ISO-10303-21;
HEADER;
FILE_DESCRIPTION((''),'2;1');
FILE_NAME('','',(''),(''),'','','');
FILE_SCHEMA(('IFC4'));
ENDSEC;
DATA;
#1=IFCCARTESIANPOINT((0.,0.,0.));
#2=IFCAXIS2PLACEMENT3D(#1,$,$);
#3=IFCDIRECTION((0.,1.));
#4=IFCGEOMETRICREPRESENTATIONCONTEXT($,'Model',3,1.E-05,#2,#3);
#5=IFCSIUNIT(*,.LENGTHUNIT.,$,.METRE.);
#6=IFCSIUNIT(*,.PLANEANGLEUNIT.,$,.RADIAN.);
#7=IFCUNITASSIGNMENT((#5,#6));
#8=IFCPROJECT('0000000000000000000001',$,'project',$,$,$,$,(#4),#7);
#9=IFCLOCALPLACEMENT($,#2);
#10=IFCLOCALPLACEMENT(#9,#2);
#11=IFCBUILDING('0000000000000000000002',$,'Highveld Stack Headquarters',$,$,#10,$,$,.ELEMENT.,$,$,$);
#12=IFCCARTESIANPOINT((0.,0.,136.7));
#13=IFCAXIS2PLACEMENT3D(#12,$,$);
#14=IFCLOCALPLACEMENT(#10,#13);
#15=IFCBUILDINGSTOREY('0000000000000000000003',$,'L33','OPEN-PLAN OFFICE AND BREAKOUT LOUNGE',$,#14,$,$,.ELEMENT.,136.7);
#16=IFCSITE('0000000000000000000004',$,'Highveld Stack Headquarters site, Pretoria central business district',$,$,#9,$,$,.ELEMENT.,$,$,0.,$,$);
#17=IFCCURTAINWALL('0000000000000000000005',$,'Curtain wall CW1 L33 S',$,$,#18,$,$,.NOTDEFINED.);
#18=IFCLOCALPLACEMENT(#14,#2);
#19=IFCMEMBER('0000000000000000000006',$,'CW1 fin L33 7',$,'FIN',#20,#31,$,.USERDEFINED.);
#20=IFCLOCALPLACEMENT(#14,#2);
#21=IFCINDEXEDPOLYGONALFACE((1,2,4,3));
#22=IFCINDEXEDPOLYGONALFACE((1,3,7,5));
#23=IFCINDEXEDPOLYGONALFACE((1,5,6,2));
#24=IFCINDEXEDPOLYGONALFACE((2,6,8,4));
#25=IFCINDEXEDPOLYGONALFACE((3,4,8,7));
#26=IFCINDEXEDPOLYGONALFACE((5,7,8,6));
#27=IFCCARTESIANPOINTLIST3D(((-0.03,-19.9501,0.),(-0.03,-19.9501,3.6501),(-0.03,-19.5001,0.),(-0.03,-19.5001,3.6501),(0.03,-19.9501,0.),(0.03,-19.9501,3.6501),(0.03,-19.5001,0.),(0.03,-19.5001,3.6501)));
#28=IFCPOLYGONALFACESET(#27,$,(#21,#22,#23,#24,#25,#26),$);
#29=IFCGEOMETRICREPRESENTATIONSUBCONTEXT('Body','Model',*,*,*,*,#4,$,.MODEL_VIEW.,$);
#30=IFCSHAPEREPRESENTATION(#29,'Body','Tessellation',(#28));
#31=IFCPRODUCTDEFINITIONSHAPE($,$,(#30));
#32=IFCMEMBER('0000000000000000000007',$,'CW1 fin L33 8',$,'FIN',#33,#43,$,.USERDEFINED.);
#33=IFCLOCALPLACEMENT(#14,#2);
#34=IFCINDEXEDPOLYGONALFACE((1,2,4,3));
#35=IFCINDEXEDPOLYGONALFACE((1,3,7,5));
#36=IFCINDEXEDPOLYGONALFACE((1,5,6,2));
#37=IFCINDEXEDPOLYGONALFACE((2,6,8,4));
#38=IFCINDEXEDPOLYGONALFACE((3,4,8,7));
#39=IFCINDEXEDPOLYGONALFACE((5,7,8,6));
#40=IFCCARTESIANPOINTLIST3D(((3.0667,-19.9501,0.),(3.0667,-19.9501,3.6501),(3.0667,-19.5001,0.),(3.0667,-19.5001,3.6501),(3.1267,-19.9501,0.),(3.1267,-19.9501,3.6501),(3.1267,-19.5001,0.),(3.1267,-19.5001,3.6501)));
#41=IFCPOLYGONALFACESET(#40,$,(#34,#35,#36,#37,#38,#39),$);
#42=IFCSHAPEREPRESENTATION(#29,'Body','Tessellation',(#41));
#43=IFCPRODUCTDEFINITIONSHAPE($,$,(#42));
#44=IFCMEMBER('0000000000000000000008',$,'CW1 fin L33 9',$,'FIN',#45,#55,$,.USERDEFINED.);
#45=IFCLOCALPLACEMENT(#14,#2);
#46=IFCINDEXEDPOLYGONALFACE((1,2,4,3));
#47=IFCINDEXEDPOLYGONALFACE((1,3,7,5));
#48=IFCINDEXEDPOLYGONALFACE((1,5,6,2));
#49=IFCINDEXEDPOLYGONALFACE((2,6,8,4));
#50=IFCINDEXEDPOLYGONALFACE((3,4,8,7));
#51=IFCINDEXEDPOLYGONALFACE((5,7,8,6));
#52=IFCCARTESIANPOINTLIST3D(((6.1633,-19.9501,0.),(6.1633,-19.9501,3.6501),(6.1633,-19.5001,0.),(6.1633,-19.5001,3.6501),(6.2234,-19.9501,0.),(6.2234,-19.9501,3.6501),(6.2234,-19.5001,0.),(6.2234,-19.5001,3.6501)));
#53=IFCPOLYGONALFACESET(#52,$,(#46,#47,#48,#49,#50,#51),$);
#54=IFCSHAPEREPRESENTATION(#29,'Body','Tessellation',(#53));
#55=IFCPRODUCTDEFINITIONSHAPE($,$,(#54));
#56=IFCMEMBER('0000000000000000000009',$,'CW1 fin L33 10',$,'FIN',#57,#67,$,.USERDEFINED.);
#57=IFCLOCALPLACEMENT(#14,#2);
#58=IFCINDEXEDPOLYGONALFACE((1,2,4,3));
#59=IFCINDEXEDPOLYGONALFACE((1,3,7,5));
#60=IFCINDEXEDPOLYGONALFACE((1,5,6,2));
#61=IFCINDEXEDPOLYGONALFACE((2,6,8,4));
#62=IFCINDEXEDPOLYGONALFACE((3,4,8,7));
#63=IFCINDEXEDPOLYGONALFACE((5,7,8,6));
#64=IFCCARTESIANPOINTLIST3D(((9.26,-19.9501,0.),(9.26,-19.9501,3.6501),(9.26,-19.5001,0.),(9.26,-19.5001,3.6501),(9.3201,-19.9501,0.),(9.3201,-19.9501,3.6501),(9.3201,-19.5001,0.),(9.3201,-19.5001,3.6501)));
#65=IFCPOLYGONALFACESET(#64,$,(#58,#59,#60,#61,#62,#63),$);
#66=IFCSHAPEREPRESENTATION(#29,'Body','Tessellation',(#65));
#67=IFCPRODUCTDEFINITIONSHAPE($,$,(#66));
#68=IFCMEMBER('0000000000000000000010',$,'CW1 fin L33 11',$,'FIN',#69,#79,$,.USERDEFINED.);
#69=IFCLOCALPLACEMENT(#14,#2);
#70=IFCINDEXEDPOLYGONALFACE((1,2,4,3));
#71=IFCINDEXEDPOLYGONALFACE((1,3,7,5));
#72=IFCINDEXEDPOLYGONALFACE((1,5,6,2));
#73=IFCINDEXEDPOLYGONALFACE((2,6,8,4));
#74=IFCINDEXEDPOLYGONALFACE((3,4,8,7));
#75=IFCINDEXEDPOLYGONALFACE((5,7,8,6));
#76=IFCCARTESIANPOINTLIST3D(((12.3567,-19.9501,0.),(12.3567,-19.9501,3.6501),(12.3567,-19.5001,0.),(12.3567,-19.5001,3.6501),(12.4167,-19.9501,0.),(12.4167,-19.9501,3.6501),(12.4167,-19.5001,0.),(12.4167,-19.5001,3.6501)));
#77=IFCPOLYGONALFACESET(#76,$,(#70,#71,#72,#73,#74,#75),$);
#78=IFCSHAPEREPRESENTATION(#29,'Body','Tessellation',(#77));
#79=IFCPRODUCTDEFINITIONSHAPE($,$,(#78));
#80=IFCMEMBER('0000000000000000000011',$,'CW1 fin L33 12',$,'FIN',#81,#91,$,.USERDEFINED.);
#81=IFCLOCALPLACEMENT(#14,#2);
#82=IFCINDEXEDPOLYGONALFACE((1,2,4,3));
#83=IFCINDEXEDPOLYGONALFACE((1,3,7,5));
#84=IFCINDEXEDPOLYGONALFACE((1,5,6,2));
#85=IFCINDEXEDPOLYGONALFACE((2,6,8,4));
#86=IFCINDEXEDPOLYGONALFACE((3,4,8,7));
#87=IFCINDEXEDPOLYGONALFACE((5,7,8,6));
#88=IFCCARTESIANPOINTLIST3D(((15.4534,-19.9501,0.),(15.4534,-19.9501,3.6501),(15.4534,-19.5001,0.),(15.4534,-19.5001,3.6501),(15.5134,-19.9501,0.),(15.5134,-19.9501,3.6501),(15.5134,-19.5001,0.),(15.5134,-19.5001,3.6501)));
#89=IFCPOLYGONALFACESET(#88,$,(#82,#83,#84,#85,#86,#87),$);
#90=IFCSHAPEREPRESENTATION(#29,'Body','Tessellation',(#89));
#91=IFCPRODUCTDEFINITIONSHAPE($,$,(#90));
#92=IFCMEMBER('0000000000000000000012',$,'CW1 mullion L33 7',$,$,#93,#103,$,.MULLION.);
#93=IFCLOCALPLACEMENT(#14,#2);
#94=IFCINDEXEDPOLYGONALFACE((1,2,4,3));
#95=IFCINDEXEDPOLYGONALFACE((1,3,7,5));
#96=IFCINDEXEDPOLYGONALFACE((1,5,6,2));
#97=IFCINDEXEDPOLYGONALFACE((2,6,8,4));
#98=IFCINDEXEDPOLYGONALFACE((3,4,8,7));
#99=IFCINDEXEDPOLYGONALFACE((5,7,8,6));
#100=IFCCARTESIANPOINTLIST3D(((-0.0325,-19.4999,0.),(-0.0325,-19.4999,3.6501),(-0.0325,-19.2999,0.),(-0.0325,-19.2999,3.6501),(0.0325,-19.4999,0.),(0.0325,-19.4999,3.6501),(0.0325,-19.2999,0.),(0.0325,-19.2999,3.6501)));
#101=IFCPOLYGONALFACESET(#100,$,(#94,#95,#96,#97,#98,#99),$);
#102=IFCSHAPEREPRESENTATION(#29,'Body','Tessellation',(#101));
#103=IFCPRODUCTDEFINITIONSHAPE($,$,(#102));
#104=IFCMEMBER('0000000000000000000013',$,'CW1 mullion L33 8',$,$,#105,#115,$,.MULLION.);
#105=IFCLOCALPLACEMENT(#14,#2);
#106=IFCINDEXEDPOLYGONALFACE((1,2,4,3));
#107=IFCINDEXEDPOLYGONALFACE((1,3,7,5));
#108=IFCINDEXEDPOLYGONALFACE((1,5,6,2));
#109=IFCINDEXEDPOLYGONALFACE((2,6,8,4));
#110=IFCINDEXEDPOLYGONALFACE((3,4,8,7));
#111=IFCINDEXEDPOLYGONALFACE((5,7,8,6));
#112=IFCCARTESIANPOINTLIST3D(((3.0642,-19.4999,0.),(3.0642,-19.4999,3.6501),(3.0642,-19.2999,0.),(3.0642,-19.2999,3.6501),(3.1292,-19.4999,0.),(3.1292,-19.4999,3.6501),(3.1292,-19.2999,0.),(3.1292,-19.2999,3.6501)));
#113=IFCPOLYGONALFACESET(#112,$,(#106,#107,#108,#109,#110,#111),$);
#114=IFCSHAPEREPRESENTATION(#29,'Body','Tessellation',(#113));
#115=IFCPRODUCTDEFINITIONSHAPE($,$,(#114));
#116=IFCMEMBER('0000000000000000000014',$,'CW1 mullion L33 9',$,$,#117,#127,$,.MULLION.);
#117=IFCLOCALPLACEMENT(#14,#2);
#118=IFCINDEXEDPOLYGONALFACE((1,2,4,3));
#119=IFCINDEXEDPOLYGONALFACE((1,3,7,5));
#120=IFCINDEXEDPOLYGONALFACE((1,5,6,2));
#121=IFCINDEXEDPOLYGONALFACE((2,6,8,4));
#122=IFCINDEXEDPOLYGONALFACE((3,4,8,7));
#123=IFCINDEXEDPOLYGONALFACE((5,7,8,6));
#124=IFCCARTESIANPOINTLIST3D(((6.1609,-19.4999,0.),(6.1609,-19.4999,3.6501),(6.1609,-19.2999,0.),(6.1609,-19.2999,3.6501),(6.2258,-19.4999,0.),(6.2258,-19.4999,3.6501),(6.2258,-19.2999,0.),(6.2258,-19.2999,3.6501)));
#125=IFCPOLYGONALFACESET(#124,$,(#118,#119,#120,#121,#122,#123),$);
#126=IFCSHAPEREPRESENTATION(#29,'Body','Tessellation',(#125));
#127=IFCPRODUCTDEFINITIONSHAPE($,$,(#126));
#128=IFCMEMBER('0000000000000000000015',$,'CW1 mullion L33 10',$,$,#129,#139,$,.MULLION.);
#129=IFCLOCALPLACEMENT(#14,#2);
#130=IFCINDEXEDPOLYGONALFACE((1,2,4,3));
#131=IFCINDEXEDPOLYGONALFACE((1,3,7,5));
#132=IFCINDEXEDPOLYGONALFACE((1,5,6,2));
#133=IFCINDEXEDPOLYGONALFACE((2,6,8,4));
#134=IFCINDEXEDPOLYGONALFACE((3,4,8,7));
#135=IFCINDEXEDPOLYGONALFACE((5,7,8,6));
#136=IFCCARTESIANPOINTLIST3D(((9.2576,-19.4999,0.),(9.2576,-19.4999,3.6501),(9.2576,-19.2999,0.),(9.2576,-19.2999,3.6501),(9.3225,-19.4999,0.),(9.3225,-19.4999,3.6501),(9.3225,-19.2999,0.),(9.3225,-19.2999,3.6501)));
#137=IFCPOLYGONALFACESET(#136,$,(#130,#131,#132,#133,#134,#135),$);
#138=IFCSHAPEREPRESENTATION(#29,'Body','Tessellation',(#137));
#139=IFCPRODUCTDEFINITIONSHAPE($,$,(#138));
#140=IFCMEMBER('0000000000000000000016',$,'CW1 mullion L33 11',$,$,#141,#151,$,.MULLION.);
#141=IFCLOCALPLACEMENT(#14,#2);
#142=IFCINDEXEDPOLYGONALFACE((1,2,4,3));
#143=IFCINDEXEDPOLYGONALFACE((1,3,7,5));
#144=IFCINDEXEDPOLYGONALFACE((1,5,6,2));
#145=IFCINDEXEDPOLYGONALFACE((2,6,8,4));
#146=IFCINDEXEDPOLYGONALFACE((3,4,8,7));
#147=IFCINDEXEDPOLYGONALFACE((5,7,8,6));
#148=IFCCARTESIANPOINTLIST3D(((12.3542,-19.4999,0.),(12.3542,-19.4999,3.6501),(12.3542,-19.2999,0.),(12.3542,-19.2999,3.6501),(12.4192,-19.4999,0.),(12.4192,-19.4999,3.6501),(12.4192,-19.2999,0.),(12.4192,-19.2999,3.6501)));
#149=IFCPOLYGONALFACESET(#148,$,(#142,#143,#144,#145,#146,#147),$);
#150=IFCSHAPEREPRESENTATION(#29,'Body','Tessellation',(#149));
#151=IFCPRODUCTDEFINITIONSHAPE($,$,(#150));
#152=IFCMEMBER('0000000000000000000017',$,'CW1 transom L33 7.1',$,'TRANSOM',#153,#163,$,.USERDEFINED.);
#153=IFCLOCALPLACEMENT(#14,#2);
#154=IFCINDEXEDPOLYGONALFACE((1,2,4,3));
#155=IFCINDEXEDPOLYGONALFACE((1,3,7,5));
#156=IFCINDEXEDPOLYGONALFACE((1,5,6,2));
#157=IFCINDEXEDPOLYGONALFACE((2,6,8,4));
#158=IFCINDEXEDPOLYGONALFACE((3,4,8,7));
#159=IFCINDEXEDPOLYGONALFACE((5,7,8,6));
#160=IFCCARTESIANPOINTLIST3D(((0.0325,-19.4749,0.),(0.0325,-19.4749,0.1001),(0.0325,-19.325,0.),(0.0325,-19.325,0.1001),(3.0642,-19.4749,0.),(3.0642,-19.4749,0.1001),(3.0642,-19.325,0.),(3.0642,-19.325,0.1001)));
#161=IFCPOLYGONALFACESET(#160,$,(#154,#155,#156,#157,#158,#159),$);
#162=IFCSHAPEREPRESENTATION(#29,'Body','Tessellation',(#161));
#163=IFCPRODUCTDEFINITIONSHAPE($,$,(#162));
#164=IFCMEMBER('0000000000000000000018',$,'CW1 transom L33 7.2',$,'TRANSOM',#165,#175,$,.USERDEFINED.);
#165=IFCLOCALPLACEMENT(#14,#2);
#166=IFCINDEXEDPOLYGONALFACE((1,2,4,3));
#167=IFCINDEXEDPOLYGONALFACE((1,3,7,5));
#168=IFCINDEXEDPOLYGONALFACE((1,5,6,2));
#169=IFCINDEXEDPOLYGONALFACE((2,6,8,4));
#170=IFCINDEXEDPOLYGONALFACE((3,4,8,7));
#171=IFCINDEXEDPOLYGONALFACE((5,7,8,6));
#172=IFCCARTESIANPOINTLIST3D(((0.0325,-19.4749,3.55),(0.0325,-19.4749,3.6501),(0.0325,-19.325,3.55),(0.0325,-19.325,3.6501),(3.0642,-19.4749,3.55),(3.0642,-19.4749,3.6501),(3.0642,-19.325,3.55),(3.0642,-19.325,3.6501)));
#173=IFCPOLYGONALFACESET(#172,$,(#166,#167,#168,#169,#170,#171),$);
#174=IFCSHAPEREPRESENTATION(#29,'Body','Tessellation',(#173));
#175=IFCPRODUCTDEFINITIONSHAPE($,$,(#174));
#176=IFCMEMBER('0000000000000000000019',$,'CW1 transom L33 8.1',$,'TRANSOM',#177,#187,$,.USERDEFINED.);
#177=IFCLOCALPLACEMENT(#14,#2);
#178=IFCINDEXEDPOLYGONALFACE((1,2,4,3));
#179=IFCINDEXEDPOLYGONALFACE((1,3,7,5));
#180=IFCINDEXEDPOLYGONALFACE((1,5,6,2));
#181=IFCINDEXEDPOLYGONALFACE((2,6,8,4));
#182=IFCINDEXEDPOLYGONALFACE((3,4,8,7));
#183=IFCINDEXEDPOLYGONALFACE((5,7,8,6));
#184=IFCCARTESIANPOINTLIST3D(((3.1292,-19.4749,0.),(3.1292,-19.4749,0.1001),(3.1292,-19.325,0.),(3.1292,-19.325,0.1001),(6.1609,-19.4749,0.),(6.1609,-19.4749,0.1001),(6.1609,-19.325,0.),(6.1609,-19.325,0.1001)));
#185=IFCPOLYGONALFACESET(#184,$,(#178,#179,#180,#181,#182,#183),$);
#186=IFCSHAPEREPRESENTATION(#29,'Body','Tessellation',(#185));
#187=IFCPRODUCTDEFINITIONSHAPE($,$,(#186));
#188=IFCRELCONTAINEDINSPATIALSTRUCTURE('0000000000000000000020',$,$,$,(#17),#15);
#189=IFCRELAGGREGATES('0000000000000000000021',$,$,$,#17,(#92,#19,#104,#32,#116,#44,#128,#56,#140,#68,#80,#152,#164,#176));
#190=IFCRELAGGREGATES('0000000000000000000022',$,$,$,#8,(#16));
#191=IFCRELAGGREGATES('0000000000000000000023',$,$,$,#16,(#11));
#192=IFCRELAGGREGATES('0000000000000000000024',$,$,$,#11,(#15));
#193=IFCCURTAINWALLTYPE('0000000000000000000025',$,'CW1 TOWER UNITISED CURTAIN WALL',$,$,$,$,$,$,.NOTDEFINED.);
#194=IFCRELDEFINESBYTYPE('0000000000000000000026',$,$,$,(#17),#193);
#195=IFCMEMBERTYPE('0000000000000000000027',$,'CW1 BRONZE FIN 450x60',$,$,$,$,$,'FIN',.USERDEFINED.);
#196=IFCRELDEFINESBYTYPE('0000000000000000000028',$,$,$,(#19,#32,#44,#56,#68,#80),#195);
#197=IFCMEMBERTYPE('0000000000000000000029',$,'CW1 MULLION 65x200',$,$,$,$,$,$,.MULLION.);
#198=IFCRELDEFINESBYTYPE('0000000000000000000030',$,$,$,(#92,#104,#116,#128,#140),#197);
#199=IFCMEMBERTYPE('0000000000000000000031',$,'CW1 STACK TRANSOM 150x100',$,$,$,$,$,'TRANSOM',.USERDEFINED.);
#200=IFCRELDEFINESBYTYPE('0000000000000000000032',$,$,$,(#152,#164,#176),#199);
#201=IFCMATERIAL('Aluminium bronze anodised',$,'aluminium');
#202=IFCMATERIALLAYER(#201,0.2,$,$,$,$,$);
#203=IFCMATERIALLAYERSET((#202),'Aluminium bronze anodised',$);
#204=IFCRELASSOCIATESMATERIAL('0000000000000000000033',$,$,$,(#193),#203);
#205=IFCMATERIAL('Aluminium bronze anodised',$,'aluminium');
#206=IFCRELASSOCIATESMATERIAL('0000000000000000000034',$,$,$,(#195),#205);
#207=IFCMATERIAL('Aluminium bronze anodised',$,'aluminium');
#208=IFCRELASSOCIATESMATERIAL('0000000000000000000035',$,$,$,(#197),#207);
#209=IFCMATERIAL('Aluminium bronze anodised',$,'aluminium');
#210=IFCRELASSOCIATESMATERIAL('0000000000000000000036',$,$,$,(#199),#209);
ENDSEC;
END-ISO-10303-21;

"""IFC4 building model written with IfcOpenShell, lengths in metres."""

from ifc_helpers import new_model, si_unit, direction, frame, origin, origin_2d, place, context, subcontext, project, spatial, rectangle, extrude, material, layer, layer_set, material_profile, profile_set, type_object, element, aggregate, save


model = new_model("IFC4")

# Units and contexts
model_context = context("Model", 3, precision=1e-05, world=origin(), true_north=direction((0.0, 1.0)))
body_context = subcontext(model_context, "Body", "Model", "MODEL_VIEW")
ifc_project = project(units=[si_unit("LENGTHUNIT", "METRE"), si_unit("PLANEANGLEUNIT", "RADIAN")], contexts=[model_context])

# Site, building, storey
site_placement = place(None, origin())
site = spatial("IfcSite", under=ifc_project, at=site_placement, Name="Highveld Stack Headquarters site, Pretoria central business district", CompositionType="ELEMENT", RefElevation=0.0)
building_placement = place(site_placement, origin())
building = spatial("IfcBuilding", under=site, at=building_placement, Name="Highveld Stack Headquarters", CompositionType="ELEMENT")
storey_placement = place(building_placement, frame((0.0, 0.0, 136.7)))
storey = spatial("IfcBuildingStorey", under=building, at=storey_placement, Name="L33", Description="OPEN-PLAN OFFICE AND BREAKOUT LOUNGE", CompositionType="ELEMENT", Elevation=136.7)

# Curtain wall, members
ifc_material_1 = material(Name="Aluminium bronze anodised", Category="aluminium")
ifc_layer_1 = layer(ifc_material_1, 0.2)
ifc_layer_set_1 = layer_set([ifc_layer_1], Name="Aluminium bronze anodised")
curtain_wall_type = type_object("IfcCurtainWallType", Name="CW1 TOWER UNITISED CURTAIN WALL", PredefinedType="NOTDEFINED", material=ifc_layer_set_1)
curtain_wall_placement = place(storey_placement, origin())
curtain_wall = element("IfcCurtainWall", 1, at=curtain_wall_placement, inside=storey, type_object=curtain_wall_type, Name="Curtain wall CW1 L33 S", PredefinedType="NOTDEFINED")
ifc_material_2 = material(Name="Aluminium bronze anodised", Category="aluminium")
ifc_material_profile_1 = material_profile(ifc_material_2, rectangle(XDim=0.45, YDim=0.0601, at=origin_2d()), Name="FIN 450x60")
ifc_profile_set_1 = profile_set([ifc_material_profile_1], Name="Aluminium bronze anodised")
member_type_1 = type_object("IfcMemberType", Name="CW1 BRONZE FIN 450x60", ElementType="FIN", PredefinedType="USERDEFINED", material=ifc_profile_set_1)
member_1_placement = place(storey_placement, frame((0.0, -19.7251, 0.0), z_axis=(0.0, 0.0, 1.0), x_axis=(0.0, 1.0, 0.0)))
member_1 = element("IfcMember", 2, at=member_1_placement, type_object=member_type_1, Name="CW1 fin L33 7", ObjectType="FIN", PredefinedType="USERDEFINED", context=body_context, shape_type="SweptSolid", body=[
    extrude(rectangle(XDim=0.45, YDim=0.0601, at=origin_2d()), origin(), (0.0, 0.0, 1.0), 3.6501),
])
member_2_placement = place(storey_placement, frame((3.0967, -19.7251, 0.0), z_axis=(0.0, 0.0, 1.0), x_axis=(0.0, 1.0, 0.0)))
member_2 = element("IfcMember", 3, at=member_2_placement, type_object=member_type_1, Name="CW1 fin L33 8", ObjectType="FIN", PredefinedType="USERDEFINED", context=body_context, shape_type="SweptSolid", body=[
    extrude(rectangle(XDim=0.45, YDim=0.0601, at=origin_2d()), origin(), (0.0, 0.0, 1.0), 3.6501),
])
member_3_placement = place(storey_placement, frame((6.1934, -19.7251, 0.0), z_axis=(0.0, 0.0, 1.0), x_axis=(0.0, 1.0, 0.0)))
member_3 = element("IfcMember", 4, at=member_3_placement, type_object=member_type_1, Name="CW1 fin L33 9", ObjectType="FIN", PredefinedType="USERDEFINED", context=body_context, shape_type="SweptSolid", body=[
    extrude(rectangle(XDim=0.45, YDim=0.0601, at=origin_2d()), origin(), (0.0, 0.0, 1.0), 3.6501),
])
member_4_placement = place(storey_placement, frame((9.29, -19.7251, 0.0), z_axis=(0.0, 0.0, 1.0), x_axis=(0.0, 1.0, 0.0)))
member_4 = element("IfcMember", 5, at=member_4_placement, type_object=member_type_1, Name="CW1 fin L33 10", ObjectType="FIN", PredefinedType="USERDEFINED", context=body_context, shape_type="SweptSolid", body=[
    extrude(rectangle(XDim=0.45, YDim=0.0601, at=origin_2d()), origin(), (0.0, 0.0, 1.0), 3.6501),
])
member_5_placement = place(storey_placement, frame((12.3867, -19.7251, 0.0), z_axis=(0.0, 0.0, 1.0), x_axis=(0.0, 1.0, 0.0)))
member_5 = element("IfcMember", 6, at=member_5_placement, type_object=member_type_1, Name="CW1 fin L33 11", ObjectType="FIN", PredefinedType="USERDEFINED", context=body_context, shape_type="SweptSolid", body=[
    extrude(rectangle(XDim=0.45, YDim=0.0601, at=origin_2d()), origin(), (0.0, 0.0, 1.0), 3.6501),
])
member_6_placement = place(storey_placement, frame((15.4834, -19.7251, 0.0), z_axis=(0.0, 0.0, 1.0), x_axis=(0.0, 1.0, 0.0)))
member_6 = element("IfcMember", 7, at=member_6_placement, type_object=member_type_1, Name="CW1 fin L33 12", ObjectType="FIN", PredefinedType="USERDEFINED", context=body_context, shape_type="SweptSolid", body=[
    extrude(rectangle(XDim=0.45, YDim=0.0601, at=origin_2d()), origin(), (0.0, 0.0, 1.0), 3.6501),
])
ifc_material_3 = material(Name="Aluminium bronze anodised", Category="aluminium")
ifc_material_profile_2 = material_profile(ifc_material_3, rectangle(XDim=0.2, YDim=0.0649, at=origin_2d()), Name="CW1 MULLION 65x200")
ifc_profile_set_2 = profile_set([ifc_material_profile_2], Name="Aluminium bronze anodised")
member_type_2 = type_object("IfcMemberType", Name="CW1 MULLION 65x200", PredefinedType="MULLION", material=ifc_profile_set_2)
member_7_placement = place(storey_placement, frame((0.0, -19.3999, 0.0), z_axis=(0.0, 0.0, 1.0), x_axis=(0.0, 1.0, 0.0)))
member_7 = element("IfcMember", 8, at=member_7_placement, type_object=member_type_2, Name="CW1 mullion L33 7", PredefinedType="MULLION", context=body_context, shape_type="SweptSolid", body=[
    extrude(rectangle(XDim=0.2, YDim=0.0649, at=origin_2d()), origin(), (0.0, 0.0, 1.0), 3.6501),
])
member_8_placement = place(storey_placement, frame((3.0967, -19.3999, 0.0), z_axis=(0.0, 0.0, 1.0), x_axis=(0.0, 1.0, 0.0)))
member_8 = element("IfcMember", 9, at=member_8_placement, type_object=member_type_2, Name="CW1 mullion L33 8", PredefinedType="MULLION", context=body_context, shape_type="SweptSolid", body=[
    extrude(rectangle(XDim=0.2, YDim=0.0649, at=origin_2d()), origin(), (0.0, 0.0, 1.0), 3.6501),
])
member_9_placement = place(storey_placement, frame((6.1934, -19.3999, 0.0), z_axis=(0.0, 0.0, 1.0), x_axis=(0.0, 1.0, 0.0)))
member_9 = element("IfcMember", 10, at=member_9_placement, type_object=member_type_2, Name="CW1 mullion L33 9", PredefinedType="MULLION", context=body_context, shape_type="SweptSolid", body=[
    extrude(rectangle(XDim=0.2, YDim=0.0649, at=origin_2d()), origin(), (0.0, 0.0, 1.0), 3.6501),
])
member_10_placement = place(storey_placement, frame((9.29, -19.3999, 0.0), z_axis=(0.0, 0.0, 1.0), x_axis=(0.0, 1.0, 0.0)))
member_10 = element("IfcMember", 11, at=member_10_placement, type_object=member_type_2, Name="CW1 mullion L33 10", PredefinedType="MULLION", context=body_context, shape_type="SweptSolid", body=[
    extrude(rectangle(XDim=0.2, YDim=0.0649, at=origin_2d()), origin(), (0.0, 0.0, 1.0), 3.6501),
])
member_11_placement = place(storey_placement, frame((12.3867, -19.3999, 0.0), z_axis=(0.0, 0.0, 1.0), x_axis=(0.0, 1.0, 0.0)))
member_11 = element("IfcMember", 12, at=member_11_placement, type_object=member_type_2, Name="CW1 mullion L33 11", PredefinedType="MULLION", context=body_context, shape_type="SweptSolid", body=[
    extrude(rectangle(XDim=0.2, YDim=0.0649, at=origin_2d()), origin(), (0.0, 0.0, 1.0), 3.6501),
])
ifc_material_4 = material(Name="Aluminium bronze anodised", Category="aluminium")
ifc_material_profile_3 = material_profile(ifc_material_4, rectangle(XDim=0.1499, YDim=0.1001, at=origin_2d()), Name="CW1 TRANSOM 150x100")
ifc_profile_set_3 = profile_set([ifc_material_profile_3], Name="Aluminium bronze anodised")
member_type_3 = type_object("IfcMemberType", Name="CW1 STACK TRANSOM 150x100", ElementType="TRANSOM", PredefinedType="USERDEFINED", material=ifc_profile_set_3)
member_12_placement = place(storey_placement, frame((0.0325, -19.3999, 0.05), z_axis=(1.0, 0.0, 0.0), x_axis=(0.0, 1.0, 0.0)))
member_12 = element("IfcMember", 13, at=member_12_placement, type_object=member_type_3, Name="CW1 transom L33 7.1", ObjectType="TRANSOM", PredefinedType="USERDEFINED", context=body_context, shape_type="SweptSolid", body=[
    extrude(rectangle(XDim=0.1499, YDim=0.1001, at=origin_2d()), origin(), (0.0, 0.0, 1.0), 3.0317),
])
member_13_placement = place(storey_placement, frame((0.0325, -19.3999, 3.6001), z_axis=(1.0, 0.0, 0.0), x_axis=(0.0, 1.0, 0.0)))
member_13 = element("IfcMember", 14, at=member_13_placement, type_object=member_type_3, Name="CW1 transom L33 7.2", ObjectType="TRANSOM", PredefinedType="USERDEFINED", context=body_context, shape_type="SweptSolid", body=[
    extrude(rectangle(XDim=0.1499, YDim=0.1001, at=origin_2d()), origin(), (0.0, 0.0, 1.0), 3.0317),
])
member_14_placement = place(storey_placement, frame((3.1292, -19.3999, 0.05), z_axis=(1.0, 0.0, 0.0), x_axis=(0.0, 1.0, 0.0)))
member_14 = element("IfcMember", 15, at=member_14_placement, type_object=member_type_3, Name="CW1 transom L33 8.1", ObjectType="TRANSOM", PredefinedType="USERDEFINED", context=body_context, shape_type="SweptSolid", body=[
    extrude(rectangle(XDim=0.1499, YDim=0.1001, at=origin_2d()), origin(), (0.0, 0.0, 1.0), 3.0317),
])
aggregate(curtain_wall, [member_7, member_1, member_8, member_2, member_9, member_3, member_10, member_4, member_11, member_5, member_6, member_12, member_13, member_14])

save(model, "model.ifc")
